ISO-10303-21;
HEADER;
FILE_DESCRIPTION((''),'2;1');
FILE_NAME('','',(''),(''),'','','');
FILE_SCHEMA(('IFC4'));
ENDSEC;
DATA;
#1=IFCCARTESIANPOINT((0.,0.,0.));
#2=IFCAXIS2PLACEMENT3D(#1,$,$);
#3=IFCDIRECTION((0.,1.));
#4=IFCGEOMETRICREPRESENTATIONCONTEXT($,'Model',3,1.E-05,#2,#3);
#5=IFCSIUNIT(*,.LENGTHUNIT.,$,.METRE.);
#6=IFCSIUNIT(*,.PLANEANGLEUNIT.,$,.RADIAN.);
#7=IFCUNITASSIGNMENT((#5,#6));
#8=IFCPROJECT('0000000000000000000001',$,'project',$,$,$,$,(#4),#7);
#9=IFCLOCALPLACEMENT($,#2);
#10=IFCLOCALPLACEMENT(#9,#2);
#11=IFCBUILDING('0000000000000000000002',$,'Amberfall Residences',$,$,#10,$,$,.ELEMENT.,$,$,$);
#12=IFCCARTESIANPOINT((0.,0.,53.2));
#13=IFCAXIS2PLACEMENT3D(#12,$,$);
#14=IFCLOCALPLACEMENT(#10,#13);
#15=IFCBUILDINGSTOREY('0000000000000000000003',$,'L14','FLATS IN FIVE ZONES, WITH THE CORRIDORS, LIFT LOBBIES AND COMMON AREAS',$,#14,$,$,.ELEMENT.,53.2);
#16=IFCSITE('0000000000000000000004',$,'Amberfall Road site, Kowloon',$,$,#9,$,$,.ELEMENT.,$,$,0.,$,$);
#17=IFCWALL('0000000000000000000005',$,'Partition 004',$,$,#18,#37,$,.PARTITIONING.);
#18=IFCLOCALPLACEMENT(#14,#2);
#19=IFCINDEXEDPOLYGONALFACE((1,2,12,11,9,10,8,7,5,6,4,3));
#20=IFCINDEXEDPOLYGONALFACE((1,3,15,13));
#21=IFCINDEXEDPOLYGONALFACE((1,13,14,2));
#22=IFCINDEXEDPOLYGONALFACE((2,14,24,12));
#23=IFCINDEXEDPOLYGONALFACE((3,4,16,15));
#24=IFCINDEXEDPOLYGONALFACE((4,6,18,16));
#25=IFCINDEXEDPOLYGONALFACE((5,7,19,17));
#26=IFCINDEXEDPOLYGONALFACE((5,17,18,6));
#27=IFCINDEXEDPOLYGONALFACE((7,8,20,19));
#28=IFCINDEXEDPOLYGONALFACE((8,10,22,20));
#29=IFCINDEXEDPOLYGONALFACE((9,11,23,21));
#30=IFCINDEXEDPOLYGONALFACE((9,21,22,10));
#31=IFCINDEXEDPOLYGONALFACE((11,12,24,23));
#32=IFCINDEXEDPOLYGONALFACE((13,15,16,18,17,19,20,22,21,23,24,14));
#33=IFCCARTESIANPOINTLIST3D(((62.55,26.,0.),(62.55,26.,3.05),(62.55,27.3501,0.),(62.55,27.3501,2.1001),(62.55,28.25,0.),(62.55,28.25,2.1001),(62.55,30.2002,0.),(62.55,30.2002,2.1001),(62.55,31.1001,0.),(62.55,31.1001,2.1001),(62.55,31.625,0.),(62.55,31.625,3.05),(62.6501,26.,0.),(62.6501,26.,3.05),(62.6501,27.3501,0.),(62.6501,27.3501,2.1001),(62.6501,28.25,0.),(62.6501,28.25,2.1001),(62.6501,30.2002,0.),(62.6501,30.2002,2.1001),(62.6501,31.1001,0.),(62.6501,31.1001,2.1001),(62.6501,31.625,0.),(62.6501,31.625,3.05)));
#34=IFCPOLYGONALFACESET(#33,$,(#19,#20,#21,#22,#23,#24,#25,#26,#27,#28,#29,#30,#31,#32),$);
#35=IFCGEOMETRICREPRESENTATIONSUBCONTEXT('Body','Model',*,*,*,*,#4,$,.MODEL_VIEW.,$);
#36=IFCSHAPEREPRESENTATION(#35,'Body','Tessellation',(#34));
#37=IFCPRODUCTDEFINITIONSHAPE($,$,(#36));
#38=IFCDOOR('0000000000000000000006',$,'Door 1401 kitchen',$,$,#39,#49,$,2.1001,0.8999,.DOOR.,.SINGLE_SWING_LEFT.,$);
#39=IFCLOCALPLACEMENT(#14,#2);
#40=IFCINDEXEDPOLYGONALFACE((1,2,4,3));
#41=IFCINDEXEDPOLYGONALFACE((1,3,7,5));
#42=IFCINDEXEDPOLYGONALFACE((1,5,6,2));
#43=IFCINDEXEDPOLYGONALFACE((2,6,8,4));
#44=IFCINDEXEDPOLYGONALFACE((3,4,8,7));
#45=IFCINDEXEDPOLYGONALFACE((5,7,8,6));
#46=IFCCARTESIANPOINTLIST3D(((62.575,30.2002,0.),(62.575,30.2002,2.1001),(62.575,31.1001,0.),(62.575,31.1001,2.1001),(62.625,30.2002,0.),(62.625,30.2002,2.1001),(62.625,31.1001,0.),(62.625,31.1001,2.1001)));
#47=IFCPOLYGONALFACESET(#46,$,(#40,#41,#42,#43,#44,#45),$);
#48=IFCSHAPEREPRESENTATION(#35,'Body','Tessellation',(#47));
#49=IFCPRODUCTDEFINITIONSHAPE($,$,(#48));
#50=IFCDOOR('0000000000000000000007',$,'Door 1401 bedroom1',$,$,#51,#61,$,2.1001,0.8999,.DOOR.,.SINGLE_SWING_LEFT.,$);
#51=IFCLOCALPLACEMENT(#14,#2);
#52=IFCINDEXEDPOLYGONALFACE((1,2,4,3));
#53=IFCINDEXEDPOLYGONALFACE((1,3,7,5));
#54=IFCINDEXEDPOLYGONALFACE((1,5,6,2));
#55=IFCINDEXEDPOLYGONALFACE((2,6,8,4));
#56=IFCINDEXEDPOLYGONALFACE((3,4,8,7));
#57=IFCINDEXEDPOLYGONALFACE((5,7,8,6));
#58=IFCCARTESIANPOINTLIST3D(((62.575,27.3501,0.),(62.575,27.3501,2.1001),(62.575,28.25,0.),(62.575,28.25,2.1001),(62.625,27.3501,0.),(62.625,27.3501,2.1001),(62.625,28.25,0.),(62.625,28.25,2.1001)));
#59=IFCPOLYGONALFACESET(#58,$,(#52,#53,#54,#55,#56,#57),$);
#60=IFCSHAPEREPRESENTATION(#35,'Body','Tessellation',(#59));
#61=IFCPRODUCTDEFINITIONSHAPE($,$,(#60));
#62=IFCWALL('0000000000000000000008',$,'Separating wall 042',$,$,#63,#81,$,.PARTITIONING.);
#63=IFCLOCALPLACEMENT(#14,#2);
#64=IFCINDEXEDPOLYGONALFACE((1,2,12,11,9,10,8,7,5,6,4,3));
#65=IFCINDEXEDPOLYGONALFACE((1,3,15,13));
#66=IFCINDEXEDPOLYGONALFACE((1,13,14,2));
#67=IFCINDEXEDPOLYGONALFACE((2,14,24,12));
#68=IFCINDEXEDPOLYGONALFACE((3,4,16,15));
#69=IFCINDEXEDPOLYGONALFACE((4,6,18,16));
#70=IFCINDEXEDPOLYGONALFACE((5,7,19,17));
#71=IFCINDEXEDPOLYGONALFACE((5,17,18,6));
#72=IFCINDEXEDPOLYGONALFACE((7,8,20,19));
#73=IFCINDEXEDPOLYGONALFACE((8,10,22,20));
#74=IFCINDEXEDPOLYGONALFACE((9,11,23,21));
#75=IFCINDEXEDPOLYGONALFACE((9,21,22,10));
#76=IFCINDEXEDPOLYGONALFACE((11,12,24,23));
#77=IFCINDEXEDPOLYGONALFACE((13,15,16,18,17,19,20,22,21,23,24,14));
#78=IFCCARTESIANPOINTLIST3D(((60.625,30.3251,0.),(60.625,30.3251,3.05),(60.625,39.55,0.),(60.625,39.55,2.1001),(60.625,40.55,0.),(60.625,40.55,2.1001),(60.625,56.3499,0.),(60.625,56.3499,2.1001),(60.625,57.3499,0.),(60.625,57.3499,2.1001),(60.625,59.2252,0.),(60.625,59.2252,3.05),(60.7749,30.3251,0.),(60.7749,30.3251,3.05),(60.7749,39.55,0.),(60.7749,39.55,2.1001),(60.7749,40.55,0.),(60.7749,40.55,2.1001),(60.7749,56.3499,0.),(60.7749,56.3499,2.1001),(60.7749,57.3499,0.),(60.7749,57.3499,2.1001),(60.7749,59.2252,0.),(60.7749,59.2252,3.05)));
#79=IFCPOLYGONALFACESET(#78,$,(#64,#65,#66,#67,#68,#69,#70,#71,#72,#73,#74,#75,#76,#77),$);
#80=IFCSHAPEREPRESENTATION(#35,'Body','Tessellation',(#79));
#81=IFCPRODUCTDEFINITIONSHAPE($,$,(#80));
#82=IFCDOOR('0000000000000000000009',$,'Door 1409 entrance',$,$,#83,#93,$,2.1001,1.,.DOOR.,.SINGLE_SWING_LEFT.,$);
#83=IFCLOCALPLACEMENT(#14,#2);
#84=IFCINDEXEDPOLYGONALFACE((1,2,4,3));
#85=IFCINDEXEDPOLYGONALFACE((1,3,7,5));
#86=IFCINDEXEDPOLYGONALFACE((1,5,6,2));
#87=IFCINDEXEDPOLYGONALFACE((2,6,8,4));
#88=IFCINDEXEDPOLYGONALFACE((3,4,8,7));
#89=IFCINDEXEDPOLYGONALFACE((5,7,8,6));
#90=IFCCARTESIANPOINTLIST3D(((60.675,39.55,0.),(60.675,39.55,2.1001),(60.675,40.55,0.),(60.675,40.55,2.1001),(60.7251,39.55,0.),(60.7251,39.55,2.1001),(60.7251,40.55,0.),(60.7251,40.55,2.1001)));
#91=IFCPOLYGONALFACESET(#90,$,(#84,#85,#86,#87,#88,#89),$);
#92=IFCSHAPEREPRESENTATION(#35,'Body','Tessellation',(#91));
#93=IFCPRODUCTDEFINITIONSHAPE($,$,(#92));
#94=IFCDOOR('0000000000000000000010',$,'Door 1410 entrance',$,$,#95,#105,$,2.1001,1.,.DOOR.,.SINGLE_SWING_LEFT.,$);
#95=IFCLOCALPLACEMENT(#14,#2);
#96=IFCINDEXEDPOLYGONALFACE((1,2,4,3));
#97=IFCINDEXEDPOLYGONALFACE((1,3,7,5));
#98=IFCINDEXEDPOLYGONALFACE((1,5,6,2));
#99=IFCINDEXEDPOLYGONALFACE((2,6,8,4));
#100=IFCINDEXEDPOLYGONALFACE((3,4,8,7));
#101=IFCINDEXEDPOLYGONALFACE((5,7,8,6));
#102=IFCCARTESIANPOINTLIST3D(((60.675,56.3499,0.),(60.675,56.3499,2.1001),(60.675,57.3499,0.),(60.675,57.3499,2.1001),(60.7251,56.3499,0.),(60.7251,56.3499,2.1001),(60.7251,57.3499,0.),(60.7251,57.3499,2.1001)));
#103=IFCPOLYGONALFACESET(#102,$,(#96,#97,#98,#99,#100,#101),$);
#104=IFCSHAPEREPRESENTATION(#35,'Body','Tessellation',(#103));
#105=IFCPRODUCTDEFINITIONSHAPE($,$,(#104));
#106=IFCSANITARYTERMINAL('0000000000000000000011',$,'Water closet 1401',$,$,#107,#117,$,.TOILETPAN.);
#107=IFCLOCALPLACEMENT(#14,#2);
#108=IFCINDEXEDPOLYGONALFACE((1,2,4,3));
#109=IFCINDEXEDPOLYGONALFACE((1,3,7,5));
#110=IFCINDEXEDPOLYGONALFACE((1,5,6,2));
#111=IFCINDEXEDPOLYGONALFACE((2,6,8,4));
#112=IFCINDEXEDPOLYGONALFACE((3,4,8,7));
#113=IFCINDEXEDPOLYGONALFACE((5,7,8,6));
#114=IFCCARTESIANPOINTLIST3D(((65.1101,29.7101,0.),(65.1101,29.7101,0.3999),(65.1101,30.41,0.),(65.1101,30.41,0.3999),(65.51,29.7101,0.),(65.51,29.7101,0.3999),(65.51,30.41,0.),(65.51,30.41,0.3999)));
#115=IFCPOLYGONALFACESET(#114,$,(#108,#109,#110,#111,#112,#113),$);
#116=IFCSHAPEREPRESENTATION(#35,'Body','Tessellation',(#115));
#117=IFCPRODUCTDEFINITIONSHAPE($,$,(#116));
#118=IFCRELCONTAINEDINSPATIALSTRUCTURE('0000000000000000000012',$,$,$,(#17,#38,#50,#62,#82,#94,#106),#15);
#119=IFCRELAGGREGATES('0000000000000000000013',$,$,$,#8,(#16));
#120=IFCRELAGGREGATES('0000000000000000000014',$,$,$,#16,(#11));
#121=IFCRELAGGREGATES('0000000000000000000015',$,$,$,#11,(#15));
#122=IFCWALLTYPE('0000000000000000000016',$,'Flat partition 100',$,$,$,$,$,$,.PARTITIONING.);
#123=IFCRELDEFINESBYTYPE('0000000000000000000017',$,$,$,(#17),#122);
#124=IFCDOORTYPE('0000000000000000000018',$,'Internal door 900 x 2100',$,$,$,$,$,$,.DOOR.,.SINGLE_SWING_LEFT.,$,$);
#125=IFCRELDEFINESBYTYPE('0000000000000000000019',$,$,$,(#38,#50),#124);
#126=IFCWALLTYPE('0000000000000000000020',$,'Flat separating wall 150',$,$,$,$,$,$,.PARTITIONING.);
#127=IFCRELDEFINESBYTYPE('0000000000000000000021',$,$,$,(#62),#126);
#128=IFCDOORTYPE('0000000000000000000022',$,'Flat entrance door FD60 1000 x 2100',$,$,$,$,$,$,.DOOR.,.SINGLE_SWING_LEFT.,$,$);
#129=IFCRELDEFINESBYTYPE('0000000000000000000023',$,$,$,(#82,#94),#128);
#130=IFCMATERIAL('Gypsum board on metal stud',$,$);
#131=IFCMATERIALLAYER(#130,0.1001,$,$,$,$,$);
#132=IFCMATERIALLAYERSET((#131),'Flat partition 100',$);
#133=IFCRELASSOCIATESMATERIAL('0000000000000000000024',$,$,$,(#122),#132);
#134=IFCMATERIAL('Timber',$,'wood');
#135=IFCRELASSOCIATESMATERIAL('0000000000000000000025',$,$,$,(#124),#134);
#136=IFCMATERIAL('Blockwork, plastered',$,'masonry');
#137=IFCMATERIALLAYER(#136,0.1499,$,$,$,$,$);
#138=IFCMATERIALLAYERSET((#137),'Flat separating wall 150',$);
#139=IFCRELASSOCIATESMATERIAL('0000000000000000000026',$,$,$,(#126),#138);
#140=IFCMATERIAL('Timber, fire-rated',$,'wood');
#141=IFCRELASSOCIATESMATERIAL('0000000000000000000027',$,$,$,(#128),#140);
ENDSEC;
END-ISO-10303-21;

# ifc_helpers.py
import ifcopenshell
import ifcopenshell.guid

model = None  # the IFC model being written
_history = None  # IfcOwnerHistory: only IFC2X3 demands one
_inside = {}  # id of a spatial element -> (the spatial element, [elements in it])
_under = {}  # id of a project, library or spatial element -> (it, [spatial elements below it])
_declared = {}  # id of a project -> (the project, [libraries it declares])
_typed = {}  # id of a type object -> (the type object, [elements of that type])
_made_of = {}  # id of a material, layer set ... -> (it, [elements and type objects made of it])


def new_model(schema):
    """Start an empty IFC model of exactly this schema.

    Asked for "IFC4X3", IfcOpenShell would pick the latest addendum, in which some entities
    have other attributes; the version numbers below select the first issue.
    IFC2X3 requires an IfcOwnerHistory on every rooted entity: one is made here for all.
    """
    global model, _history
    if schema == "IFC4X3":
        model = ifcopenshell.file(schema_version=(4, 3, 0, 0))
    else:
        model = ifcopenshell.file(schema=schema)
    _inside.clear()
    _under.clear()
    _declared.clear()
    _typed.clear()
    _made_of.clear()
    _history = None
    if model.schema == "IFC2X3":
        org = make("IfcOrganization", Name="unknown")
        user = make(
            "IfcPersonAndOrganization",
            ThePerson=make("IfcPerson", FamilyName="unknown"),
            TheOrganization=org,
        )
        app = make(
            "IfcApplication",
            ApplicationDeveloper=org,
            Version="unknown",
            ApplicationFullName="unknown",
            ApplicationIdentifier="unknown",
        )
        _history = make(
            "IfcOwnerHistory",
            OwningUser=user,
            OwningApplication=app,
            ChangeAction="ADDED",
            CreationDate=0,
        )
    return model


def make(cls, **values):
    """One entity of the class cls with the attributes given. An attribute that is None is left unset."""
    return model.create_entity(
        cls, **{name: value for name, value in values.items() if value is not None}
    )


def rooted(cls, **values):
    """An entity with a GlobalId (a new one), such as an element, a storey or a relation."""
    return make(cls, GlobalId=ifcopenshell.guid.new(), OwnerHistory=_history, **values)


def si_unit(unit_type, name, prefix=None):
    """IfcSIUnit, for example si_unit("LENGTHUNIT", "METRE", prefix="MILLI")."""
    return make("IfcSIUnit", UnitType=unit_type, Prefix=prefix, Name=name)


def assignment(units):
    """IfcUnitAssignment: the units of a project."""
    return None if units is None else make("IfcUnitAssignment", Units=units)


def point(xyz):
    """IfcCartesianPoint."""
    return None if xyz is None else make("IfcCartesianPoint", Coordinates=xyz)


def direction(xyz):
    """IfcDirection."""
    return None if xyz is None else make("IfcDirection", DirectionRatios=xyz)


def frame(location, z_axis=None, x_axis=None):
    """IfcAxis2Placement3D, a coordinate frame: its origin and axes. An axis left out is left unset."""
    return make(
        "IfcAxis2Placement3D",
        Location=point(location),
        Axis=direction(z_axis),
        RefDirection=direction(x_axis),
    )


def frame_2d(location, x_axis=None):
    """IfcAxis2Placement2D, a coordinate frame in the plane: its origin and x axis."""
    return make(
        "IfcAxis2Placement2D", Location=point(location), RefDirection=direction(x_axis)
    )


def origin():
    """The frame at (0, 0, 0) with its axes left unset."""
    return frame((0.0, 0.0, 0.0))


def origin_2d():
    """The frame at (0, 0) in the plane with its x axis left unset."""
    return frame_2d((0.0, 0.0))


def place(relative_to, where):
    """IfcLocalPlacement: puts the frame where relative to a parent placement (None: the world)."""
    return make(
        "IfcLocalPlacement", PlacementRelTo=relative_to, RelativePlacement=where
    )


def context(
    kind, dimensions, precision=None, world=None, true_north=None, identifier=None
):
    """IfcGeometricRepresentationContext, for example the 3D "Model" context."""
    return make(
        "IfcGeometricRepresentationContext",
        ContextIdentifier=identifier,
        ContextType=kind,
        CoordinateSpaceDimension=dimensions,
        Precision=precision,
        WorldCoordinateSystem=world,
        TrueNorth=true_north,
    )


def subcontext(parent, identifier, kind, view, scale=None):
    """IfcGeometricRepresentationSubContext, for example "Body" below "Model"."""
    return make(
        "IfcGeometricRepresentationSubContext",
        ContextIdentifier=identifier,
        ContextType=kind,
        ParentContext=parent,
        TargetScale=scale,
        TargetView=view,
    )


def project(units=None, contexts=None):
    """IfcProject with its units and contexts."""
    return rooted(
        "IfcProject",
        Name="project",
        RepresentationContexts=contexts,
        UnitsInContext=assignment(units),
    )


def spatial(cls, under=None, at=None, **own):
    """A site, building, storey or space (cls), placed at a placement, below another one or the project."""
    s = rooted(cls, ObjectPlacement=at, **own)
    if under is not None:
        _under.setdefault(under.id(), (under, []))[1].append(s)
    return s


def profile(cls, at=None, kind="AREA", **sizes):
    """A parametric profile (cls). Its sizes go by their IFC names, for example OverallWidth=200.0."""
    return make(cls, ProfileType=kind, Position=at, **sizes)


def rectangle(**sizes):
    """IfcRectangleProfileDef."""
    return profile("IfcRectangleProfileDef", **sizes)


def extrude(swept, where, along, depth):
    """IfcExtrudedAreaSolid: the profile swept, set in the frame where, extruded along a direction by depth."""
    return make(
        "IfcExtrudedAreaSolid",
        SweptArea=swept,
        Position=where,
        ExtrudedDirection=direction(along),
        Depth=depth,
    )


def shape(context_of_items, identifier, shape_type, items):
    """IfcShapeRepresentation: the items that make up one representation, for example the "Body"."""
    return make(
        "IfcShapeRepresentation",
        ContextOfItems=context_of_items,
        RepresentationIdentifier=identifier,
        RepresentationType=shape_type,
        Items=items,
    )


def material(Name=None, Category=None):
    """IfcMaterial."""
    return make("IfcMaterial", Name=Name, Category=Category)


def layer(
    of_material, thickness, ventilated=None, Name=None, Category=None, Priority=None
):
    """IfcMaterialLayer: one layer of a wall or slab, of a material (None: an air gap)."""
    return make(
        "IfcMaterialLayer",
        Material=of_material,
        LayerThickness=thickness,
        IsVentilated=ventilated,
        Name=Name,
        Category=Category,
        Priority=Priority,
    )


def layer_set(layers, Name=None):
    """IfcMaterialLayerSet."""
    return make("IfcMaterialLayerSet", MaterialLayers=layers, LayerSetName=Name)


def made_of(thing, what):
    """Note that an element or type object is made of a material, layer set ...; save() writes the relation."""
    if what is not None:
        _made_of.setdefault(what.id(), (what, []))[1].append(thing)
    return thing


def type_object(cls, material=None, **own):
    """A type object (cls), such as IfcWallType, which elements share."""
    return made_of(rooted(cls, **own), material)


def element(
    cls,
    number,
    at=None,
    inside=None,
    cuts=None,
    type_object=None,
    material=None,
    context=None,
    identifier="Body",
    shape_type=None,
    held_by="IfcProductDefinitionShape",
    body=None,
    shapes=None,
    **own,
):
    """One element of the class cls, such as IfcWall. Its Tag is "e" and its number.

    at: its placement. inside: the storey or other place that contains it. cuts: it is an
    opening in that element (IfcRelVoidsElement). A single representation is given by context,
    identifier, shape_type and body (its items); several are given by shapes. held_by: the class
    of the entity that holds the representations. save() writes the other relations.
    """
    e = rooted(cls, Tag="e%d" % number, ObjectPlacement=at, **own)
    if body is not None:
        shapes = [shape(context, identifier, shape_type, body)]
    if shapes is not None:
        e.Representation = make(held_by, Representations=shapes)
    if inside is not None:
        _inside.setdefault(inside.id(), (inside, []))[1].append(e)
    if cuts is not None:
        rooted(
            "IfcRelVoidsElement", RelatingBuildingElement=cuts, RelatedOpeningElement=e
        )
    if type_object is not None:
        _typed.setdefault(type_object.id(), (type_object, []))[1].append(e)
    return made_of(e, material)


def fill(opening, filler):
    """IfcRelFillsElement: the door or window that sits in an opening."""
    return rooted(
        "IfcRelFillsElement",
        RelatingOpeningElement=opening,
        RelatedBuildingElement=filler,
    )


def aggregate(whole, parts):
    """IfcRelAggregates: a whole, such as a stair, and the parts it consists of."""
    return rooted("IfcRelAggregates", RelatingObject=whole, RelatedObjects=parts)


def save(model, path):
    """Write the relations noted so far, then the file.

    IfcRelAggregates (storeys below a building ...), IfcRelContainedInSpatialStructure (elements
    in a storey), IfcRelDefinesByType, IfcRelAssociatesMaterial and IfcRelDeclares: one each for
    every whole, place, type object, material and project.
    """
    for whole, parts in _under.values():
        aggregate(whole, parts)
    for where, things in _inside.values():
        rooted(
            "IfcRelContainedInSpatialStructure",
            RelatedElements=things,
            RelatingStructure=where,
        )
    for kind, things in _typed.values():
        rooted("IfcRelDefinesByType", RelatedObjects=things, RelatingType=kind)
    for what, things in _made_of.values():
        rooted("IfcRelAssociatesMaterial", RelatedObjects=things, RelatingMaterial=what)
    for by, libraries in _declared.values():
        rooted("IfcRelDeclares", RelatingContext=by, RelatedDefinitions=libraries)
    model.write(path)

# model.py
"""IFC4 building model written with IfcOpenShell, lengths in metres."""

from ifc_helpers import new_model, si_unit, direction, frame, frame_2d, origin, origin_2d, place, context, subcontext, project, spatial, rectangle, extrude, material, layer, layer_set, type_object, element, fill, save


model = new_model("IFC4")

# Units and contexts
model_context = context("Model", 3, precision=1e-05, world=origin(), true_north=direction((0.0, 1.0)))
body_context = subcontext(model_context, "Body", "Model", "MODEL_VIEW")
ifc_project = project(units=[si_unit("LENGTHUNIT", "METRE"), si_unit("PLANEANGLEUNIT", "RADIAN")], contexts=[model_context])

# Site, building, storey
site_placement = place(None, origin())
site = spatial("IfcSite", under=ifc_project, at=site_placement, Name="Amberfall Road site, Kowloon", CompositionType="ELEMENT", RefElevation=0.0)
building_placement = place(site_placement, origin())
building = spatial("IfcBuilding", under=site, at=building_placement, Name="Amberfall Residences", CompositionType="ELEMENT")
storey_placement = place(building_placement, frame((0.0, 0.0, 53.2)))
storey = spatial("IfcBuildingStorey", under=building, at=storey_placement, Name="L14", Description="FLATS IN FIVE ZONES, WITH THE CORRIDORS, LIFT LOBBIES AND COMMON AREAS", CompositionType="ELEMENT", Elevation=53.2)

# Walls, openings, doors
ifc_material_1 = material(Name="Gypsum board on metal stud")
ifc_layer_1 = layer(ifc_material_1, 0.1001)
ifc_layer_set_1 = layer_set([ifc_layer_1], Name="Flat partition 100")
wall_type_1 = type_object("IfcWallType", Name="Flat partition 100", PredefinedType="PARTITIONING", material=ifc_layer_set_1)
wall_1_placement = place(storey_placement, frame((62.6001, 31.625, 0.0), z_axis=(0.0, 0.0, 1.0), x_axis=(0.0, -1.0, 0.0)))
wall_1 = element("IfcWall", 1, at=wall_1_placement, inside=storey, type_object=wall_type_1, Name="Partition 004", PredefinedType="PARTITIONING", context=body_context, shape_type="SweptSolid", body=[
    extrude(rectangle(XDim=5.625, YDim=0.1001, at=frame_2d((2.8125, 0.0))), origin(), (0.0, 0.0, 1.0), 3.05),
])
opening_1_placement = place(wall_1_placement, frame((0.5249, 0.0, 0.0)))
opening_1 = element("IfcOpeningElement", 2, at=opening_1_placement, cuts=wall_1, PredefinedType="OPENING", context=body_context, shape_type="SweptSolid", body=[
    extrude(rectangle(XDim=0.8999, YDim=2.1001, at=frame_2d((0.45, 1.05))), frame((0.0, 0.0601, 0.0), z_axis=(0.0, -1.0, 0.0), x_axis=(1.0, 0.0, 0.0)), (0.0, 0.0, 1.0), 0.1201),
])
opening_2_placement = place(wall_1_placement, frame((3.375, 0.0, 0.0)))
opening_2 = element("IfcOpeningElement", 3, at=opening_2_placement, cuts=wall_1, PredefinedType="OPENING", context=body_context, shape_type="SweptSolid", body=[
    extrude(rectangle(XDim=0.8999, YDim=2.1001, at=frame_2d((0.45, 1.05))), frame((0.0, 0.0601, 0.0), z_axis=(0.0, -1.0, 0.0), x_axis=(1.0, 0.0, 0.0)), (0.0, 0.0, 1.0), 0.1201),
])
ifc_material_2 = material(Name="Timber", Category="wood")
door_type_1 = type_object("IfcDoorType", Name="Internal door 900 x 2100", OperationType="SINGLE_SWING_LEFT", PredefinedType="DOOR", material=ifc_material_2)
door_1_placement = place(opening_1_placement, origin())
door_1 = element("IfcDoor", 4, at=door_1_placement, inside=storey, type_object=door_type_1, Name="Door 1401 kitchen", OperationType="SINGLE_SWING_LEFT", OverallHeight=2.1001, OverallWidth=0.8999, PredefinedType="DOOR", context=body_context, shape_type="SweptSolid", body=[
    extrude(rectangle(XDim=0.8999, YDim=2.1001, at=frame_2d((0.45, 1.05))), frame((0.0, 0.0249, 0.0), z_axis=(0.0, -1.0, 0.0), x_axis=(1.0, 0.0, 0.0)), (0.0, 0.0, 1.0), 0.05),
])
fill(opening_1, door_1)
door_2_placement = place(opening_2_placement, origin())
door_2 = element("IfcDoor", 5, at=door_2_placement, inside=storey, type_object=door_type_1, Name="Door 1401 bedroom1", OperationType="SINGLE_SWING_LEFT", OverallHeight=2.1001, OverallWidth=0.8999, PredefinedType="DOOR", context=body_context, shape_type="SweptSolid", body=[
    extrude(rectangle(XDim=0.8999, YDim=2.1001, at=frame_2d((0.45, 1.05))), frame((0.0, 0.0249, 0.0), z_axis=(0.0, -1.0, 0.0), x_axis=(1.0, 0.0, 0.0)), (0.0, 0.0, 1.0), 0.05),
])
fill(opening_2, door_2)
ifc_material_3 = material(Name="Blockwork, plastered", Category="masonry")
ifc_layer_2 = layer(ifc_material_3, 0.1499)
ifc_layer_set_2 = layer_set([ifc_layer_2], Name="Flat separating wall 150")
wall_type_2 = type_object("IfcWallType", Name="Flat separating wall 150", PredefinedType="PARTITIONING", material=ifc_layer_set_2)
wall_2_placement = place(storey_placement, frame((60.7, 30.325, 0.0), z_axis=(0.0, 0.0, 1.0), x_axis=(0.0, 1.0, 0.0)))
wall_2 = element("IfcWall", 6, at=wall_2_placement, inside=storey, type_object=wall_type_2, Name="Separating wall 042", PredefinedType="PARTITIONING", context=body_context, shape_type="SweptSolid", body=[
    extrude(rectangle(XDim=28.9001, YDim=0.1499, at=frame_2d((14.4502, 0.0))), origin(), (0.0, 0.0, 1.0), 3.05),
])
opening_3_placement = place(wall_2_placement, frame((9.2251, 0.0, 0.0)))
opening_3 = element("IfcOpeningElement", 7, at=opening_3_placement, cuts=wall_2, PredefinedType="OPENING", context=body_context, shape_type="SweptSolid", body=[
    extrude(rectangle(XDim=1.0, YDim=2.1001, at=frame_2d((0.5, 1.05))), frame((0.0, 0.085, 0.0), z_axis=(0.0, -1.0, 0.0), x_axis=(1.0, 0.0, 0.0)), (0.0, 0.0, 1.0), 0.1699),
])
opening_4_placement = place(wall_2_placement, frame((26.0249, 0.0, 0.0)))
opening_4 = element("IfcOpeningElement", 8, at=opening_4_placement, cuts=wall_2, PredefinedType="OPENING", context=body_context, shape_type="SweptSolid", body=[
    extrude(rectangle(XDim=1.0, YDim=2.1001, at=frame_2d((0.5, 1.05))), frame((0.0, 0.085, 0.0), z_axis=(0.0, -1.0, 0.0), x_axis=(1.0, 0.0, 0.0)), (0.0, 0.0, 1.0), 0.1699),
])
ifc_material_4 = material(Name="Timber, fire-rated", Category="wood")
door_type_2 = type_object("IfcDoorType", Name="Flat entrance door FD60 1000 x 2100", OperationType="SINGLE_SWING_LEFT", PredefinedType="DOOR", material=ifc_material_4)
door_3_placement = place(opening_3_placement, origin())
door_3 = element("IfcDoor", 9, at=door_3_placement, inside=storey, type_object=door_type_2, Name="Door 1409 entrance", OperationType="SINGLE_SWING_LEFT", OverallHeight=2.1001, OverallWidth=1.0, PredefinedType="DOOR", context=body_context, shape_type="SweptSolid", body=[
    extrude(rectangle(XDim=1.0, YDim=2.1001, at=frame_2d((0.5, 1.05))), frame((0.0, 0.0249, 0.0), z_axis=(0.0, -1.0, 0.0), x_axis=(1.0, 0.0, 0.0)), (0.0, 0.0, 1.0), 0.05),
])
fill(opening_3, door_3)
door_4_placement = place(opening_4_placement, origin())
door_4 = element("IfcDoor", 10, at=door_4_placement, inside=storey, type_object=door_type_2, Name="Door 1410 entrance", OperationType="SINGLE_SWING_LEFT", OverallHeight=2.1001, OverallWidth=1.0, PredefinedType="DOOR", context=body_context, shape_type="SweptSolid", body=[
    extrude(rectangle(XDim=1.0, YDim=2.1001, at=frame_2d((0.5, 1.05))), frame((0.0, 0.0249, 0.0), z_axis=(0.0, -1.0, 0.0), x_axis=(1.0, 0.0, 0.0)), (0.0, 0.0, 1.0), 0.05),
])
fill(opening_4, door_4)

# Sanitary terminal
sanitary_terminal_placement = place(storey_placement, frame((65.3101, 30.0601, 0.0), z_axis=(0.0, 0.0, 1.0), x_axis=(1.0, 0.0, 0.0)))
element("IfcSanitaryTerminal", 11, at=sanitary_terminal_placement, inside=storey, Name="Water closet 1401", PredefinedType="TOILETPAN", context=body_context, shape_type="SweptSolid", body=[
    extrude(rectangle(XDim=0.3999, YDim=0.7, at=origin_2d()), origin(), (0.0, 0.0, 1.0), 0.3999),
])

save(model, "model.ifc")
